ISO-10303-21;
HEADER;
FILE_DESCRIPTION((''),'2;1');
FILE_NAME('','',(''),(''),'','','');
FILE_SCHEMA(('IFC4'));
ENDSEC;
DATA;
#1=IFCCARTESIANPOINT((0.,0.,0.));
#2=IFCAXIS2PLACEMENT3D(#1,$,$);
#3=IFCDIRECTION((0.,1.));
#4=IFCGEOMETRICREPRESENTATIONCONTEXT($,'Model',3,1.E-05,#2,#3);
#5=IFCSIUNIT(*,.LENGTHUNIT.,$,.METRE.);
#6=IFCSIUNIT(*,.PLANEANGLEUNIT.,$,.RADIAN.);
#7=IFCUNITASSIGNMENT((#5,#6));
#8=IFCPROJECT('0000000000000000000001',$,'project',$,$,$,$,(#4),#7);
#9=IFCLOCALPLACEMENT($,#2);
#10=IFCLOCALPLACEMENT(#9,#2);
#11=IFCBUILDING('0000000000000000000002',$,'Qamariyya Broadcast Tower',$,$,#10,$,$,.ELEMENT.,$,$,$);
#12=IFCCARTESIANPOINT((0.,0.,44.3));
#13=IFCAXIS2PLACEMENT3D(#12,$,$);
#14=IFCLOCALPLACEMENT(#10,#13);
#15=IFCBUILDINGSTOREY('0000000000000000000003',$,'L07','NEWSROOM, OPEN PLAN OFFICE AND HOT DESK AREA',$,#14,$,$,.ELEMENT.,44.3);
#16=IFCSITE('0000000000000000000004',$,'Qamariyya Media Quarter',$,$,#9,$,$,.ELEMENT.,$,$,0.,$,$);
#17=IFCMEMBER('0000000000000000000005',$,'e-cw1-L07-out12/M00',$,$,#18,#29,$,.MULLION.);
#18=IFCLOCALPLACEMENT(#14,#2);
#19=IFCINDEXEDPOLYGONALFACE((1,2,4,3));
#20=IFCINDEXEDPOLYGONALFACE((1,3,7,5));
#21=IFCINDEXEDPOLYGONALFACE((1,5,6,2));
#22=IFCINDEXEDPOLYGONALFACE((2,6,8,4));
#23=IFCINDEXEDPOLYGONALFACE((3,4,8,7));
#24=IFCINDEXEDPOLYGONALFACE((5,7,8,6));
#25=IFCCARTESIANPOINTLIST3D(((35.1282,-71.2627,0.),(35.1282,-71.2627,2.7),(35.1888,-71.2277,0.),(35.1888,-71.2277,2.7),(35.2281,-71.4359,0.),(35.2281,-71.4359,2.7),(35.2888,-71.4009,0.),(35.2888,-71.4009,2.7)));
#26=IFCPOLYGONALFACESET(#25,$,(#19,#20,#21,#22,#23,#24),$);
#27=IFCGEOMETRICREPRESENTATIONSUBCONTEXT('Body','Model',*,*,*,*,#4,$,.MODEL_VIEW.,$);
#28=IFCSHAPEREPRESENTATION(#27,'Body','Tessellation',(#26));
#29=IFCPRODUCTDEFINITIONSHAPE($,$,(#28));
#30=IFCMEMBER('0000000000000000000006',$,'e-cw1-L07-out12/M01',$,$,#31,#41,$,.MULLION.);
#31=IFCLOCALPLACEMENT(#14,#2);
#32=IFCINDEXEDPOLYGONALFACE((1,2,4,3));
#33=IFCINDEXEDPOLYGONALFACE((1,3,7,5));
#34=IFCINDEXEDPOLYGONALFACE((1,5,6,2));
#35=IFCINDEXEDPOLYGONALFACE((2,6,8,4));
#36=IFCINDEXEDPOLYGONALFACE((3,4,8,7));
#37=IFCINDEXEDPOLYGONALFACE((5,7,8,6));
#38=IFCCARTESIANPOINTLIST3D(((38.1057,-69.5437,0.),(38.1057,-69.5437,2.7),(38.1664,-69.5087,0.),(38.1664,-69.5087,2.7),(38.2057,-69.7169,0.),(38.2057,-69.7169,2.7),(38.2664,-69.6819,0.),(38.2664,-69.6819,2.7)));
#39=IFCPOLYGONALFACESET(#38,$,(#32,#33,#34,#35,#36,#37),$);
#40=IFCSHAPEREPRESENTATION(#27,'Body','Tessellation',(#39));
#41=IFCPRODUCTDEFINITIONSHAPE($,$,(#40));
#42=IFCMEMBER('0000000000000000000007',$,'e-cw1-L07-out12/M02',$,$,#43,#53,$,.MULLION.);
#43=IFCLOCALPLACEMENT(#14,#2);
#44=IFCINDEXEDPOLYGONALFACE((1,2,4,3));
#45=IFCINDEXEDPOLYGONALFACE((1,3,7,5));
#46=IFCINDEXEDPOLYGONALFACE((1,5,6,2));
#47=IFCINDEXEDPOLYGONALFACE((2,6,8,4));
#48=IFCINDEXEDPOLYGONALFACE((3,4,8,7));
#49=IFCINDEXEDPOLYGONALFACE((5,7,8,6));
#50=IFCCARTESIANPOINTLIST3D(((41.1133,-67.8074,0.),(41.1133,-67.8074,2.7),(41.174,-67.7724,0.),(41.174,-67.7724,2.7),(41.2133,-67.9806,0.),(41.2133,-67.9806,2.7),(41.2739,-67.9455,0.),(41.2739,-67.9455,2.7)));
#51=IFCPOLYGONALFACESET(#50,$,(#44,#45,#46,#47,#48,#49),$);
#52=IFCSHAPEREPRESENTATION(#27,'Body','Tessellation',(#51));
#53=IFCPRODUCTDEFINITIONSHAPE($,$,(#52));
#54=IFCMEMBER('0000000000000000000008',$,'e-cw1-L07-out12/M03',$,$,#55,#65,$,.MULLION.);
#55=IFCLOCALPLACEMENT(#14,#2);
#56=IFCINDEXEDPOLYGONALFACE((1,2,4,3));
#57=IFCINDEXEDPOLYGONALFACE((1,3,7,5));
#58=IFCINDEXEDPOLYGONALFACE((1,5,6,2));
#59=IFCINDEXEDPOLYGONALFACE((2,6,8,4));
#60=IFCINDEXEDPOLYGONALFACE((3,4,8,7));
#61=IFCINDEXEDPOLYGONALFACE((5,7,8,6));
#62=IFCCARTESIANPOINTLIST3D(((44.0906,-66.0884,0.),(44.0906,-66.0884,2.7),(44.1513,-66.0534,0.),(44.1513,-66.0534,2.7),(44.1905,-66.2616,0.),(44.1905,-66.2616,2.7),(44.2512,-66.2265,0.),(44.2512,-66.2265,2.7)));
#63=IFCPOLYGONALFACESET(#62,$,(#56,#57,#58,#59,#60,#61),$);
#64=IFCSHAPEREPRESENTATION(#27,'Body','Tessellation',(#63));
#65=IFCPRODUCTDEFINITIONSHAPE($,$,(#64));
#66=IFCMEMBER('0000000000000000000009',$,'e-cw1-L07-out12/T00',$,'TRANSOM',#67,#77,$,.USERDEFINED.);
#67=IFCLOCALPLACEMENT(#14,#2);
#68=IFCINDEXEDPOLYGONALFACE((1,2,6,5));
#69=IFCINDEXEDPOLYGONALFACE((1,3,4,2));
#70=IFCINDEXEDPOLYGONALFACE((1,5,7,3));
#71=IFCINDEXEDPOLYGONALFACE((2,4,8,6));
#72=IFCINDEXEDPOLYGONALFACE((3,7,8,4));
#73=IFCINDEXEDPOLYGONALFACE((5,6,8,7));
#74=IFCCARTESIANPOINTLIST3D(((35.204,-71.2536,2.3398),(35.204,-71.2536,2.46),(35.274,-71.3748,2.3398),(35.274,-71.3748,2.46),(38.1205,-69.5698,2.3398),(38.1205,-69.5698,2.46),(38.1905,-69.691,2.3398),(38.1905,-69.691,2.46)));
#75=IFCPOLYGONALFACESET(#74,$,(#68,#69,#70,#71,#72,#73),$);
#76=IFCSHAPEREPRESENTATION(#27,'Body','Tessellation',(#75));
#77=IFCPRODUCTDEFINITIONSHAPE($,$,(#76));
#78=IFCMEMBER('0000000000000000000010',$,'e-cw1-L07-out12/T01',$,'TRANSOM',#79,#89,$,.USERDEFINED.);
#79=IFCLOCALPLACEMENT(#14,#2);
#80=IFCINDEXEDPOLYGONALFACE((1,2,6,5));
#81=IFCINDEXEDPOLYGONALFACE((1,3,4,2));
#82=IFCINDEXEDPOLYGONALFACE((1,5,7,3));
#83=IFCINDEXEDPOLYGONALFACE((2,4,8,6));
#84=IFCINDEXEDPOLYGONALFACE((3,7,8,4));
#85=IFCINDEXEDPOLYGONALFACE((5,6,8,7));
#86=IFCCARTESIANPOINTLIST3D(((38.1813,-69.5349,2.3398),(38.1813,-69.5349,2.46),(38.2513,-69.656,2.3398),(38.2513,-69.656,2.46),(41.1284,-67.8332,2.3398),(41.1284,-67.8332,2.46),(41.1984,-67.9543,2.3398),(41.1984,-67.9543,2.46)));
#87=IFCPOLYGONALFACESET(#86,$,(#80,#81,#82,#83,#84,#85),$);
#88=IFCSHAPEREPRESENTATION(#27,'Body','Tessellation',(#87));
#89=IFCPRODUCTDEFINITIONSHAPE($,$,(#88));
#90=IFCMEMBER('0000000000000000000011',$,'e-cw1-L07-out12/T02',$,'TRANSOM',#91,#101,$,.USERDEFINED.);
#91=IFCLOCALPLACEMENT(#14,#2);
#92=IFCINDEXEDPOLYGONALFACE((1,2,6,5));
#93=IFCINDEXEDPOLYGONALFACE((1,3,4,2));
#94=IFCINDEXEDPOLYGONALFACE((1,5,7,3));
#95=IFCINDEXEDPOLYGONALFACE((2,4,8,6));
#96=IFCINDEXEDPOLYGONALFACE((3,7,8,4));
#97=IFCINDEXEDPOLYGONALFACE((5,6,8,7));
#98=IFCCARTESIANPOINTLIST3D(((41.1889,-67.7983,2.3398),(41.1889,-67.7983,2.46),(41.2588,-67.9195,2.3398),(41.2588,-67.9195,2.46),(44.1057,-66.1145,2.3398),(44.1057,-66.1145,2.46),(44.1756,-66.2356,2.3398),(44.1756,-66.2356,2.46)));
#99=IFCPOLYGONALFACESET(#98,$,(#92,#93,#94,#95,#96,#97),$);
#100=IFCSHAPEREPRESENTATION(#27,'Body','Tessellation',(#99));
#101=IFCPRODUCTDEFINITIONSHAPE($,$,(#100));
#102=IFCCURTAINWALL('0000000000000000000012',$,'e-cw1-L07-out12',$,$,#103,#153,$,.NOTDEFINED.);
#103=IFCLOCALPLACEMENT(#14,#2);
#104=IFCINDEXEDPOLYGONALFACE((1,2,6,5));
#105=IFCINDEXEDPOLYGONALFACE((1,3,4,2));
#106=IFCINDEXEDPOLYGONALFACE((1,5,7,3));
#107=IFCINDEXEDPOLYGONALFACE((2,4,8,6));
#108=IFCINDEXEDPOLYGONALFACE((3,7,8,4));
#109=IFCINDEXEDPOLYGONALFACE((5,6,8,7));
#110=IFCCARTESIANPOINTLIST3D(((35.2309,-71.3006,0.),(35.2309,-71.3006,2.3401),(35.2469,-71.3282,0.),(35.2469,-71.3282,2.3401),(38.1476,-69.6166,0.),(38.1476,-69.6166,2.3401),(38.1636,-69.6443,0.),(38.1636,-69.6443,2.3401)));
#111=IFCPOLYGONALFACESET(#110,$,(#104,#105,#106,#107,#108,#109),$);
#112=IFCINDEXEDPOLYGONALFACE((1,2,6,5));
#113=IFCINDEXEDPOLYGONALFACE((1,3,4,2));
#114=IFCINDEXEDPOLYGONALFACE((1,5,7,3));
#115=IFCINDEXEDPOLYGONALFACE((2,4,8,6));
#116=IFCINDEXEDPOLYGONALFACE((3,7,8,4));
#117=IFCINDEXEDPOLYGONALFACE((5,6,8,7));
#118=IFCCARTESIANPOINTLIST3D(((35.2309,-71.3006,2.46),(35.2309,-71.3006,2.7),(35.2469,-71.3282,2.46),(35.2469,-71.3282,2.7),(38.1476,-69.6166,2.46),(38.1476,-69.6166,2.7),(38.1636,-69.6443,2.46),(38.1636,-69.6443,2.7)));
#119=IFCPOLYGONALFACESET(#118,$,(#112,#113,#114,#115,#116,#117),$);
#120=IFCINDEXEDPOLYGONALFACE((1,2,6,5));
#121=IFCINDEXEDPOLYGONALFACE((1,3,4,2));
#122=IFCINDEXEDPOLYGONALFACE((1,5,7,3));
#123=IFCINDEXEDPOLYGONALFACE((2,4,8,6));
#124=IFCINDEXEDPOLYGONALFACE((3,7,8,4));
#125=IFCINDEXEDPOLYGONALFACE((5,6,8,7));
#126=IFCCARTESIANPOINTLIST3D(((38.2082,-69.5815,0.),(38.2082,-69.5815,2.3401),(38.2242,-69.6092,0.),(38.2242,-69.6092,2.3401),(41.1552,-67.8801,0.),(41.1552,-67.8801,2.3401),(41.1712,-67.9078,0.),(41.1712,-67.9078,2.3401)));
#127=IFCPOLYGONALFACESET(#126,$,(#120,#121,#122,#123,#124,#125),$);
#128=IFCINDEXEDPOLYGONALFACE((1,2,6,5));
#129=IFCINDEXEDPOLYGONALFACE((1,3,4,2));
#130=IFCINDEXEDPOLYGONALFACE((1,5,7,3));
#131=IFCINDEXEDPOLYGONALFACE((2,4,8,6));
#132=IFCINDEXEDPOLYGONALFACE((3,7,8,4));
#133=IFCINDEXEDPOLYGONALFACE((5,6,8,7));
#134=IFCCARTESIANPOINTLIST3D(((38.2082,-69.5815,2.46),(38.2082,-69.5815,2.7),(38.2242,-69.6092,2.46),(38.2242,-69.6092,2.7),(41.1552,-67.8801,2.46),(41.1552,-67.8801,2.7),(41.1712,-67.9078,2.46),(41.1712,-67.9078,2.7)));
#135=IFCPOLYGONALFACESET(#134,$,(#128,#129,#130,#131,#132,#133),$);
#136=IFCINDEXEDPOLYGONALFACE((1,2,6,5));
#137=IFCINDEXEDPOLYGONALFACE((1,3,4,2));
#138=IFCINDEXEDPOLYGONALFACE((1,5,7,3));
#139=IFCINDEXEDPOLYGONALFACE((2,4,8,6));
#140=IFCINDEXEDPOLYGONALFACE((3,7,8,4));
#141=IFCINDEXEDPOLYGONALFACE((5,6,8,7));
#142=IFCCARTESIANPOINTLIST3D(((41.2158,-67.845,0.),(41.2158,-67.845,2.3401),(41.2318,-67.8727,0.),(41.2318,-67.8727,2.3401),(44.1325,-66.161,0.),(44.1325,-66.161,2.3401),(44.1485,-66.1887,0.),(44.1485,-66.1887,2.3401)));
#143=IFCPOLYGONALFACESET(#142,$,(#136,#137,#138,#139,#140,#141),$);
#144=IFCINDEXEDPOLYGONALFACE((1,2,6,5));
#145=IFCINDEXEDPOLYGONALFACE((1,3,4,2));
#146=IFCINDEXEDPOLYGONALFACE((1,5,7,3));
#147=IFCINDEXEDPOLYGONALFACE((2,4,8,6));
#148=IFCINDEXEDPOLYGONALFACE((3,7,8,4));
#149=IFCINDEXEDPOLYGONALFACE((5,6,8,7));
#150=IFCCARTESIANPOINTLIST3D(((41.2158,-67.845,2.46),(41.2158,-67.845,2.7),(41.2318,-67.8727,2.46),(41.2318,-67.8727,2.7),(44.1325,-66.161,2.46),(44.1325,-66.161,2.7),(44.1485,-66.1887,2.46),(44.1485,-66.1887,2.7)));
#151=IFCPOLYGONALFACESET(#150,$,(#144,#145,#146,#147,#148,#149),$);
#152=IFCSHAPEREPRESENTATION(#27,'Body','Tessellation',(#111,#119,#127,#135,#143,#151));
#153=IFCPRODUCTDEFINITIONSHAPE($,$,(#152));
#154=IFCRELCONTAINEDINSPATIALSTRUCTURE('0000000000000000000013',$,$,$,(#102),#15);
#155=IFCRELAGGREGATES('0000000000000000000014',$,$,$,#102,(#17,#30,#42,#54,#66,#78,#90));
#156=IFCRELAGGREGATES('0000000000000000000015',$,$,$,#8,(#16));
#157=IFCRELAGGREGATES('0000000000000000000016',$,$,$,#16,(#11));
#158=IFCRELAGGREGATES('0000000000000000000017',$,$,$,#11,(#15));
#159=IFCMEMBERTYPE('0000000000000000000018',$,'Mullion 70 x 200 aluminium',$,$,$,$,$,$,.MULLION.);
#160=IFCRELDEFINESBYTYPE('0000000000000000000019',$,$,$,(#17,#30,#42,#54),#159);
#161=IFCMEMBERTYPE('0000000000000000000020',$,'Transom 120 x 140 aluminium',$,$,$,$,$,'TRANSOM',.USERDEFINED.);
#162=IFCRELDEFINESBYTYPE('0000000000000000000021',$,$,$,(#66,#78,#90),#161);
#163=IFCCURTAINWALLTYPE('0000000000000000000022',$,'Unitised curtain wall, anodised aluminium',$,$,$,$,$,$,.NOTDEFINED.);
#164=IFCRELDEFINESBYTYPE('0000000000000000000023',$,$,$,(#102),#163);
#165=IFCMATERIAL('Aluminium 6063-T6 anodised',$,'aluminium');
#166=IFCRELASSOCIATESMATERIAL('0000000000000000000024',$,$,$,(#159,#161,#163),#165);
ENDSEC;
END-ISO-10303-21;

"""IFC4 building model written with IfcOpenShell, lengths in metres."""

from ifc_helpers import new_model, si_unit, direction, frame, origin, origin_2d, place, context, subcontext, project, spatial, rectangle, extrude, material, material_profile, profile_set, type_object, element, aggregate, save


model = new_model("IFC4")

# Units and contexts
model_context = context("Model", 3, precision=1e-05, world=origin(), true_north=direction((0.0, 1.0)))
body_context = subcontext(model_context, "Body", "Model", "MODEL_VIEW")
ifc_project = project(units=[si_unit("LENGTHUNIT", "METRE"), si_unit("PLANEANGLEUNIT", "RADIAN")], contexts=[model_context])

# Members
ifc_material = material(Name="Aluminium 6063-T6 anodised", Category="aluminium")
ifc_material_profile_1 = material_profile(ifc_material, rectangle(XDim=0.2, YDim=0.0701, at=origin_2d()))
ifc_profile_set_1 = profile_set([ifc_material_profile_1], Name="Aluminium 6063-T6 anodised")
member_type_1 = type_object("IfcMemberType", Name="Mullion 70 x 200 aluminium", PredefinedType="MULLION", material=ifc_profile_set_1)
site_placement = place(None, origin())
building_placement = place(site_placement, origin())
storey_placement = place(building_placement, frame((0.0, 0.0, 44.3)))
member_1_placement = place(storey_placement, frame((35.2085, -71.3318, 0.0), z_axis=(0.0, 0.0, 1.0), x_axis=(-0.5, 0.866025, 0.0)))
member_1 = element("IfcMember", 1, at=member_1_placement, type_object=member_type_1, Name="e-cw1-L07-out12/M00", PredefinedType="MULLION", context=body_context, shape_type="SweptSolid", body=[
    extrude(rectangle(XDim=0.2, YDim=0.0701, at=origin_2d()), origin(), (0.0, 0.0, 1.0), 2.7),
])
member_2_placement = place(storey_placement, frame((38.186, -69.6128, 0.0), z_axis=(0.0, 0.0, 1.0), x_axis=(-0.5, 0.866025, 0.0)))
member_2 = element("IfcMember", 2, at=member_2_placement, type_object=member_type_1, Name="e-cw1-L07-out12/M01", PredefinedType="MULLION", context=body_context, shape_type="SweptSolid", body=[
    extrude(rectangle(XDim=0.2, YDim=0.0701, at=origin_2d()), origin(), (0.0, 0.0, 1.0), 2.7),
])
member_3_placement = place(storey_placement, frame((41.1936, -67.8765, 0.0), z_axis=(0.0, 0.0, 1.0), x_axis=(-0.5, 0.866025, 0.0)))
member_3 = element("IfcMember", 3, at=member_3_placement, type_object=member_type_1, Name="e-cw1-L07-out12/M02", PredefinedType="MULLION", context=body_context, shape_type="SweptSolid", body=[
    extrude(rectangle(XDim=0.2, YDim=0.0701, at=origin_2d()), origin(), (0.0, 0.0, 1.0), 2.7),
])
member_4_placement = place(storey_placement, frame((44.1709, -66.1575, 0.0), z_axis=(0.0, 0.0, 1.0), x_axis=(-0.5, 0.866025, 0.0)))
member_4 = element("IfcMember", 4, at=member_4_placement, type_object=member_type_1, Name="e-cw1-L07-out12/M03", PredefinedType="MULLION", context=body_context, shape_type="SweptSolid", body=[
    extrude(rectangle(XDim=0.2, YDim=0.0701, at=origin_2d()), origin(), (0.0, 0.0, 1.0), 2.7),
])
ifc_material_profile_2 = material_profile(ifc_material, rectangle(XDim=0.1399, YDim=0.1201, at=origin_2d()))
ifc_profile_set_2 = profile_set([ifc_material_profile_2], Name="Aluminium 6063-T6 anodised")
member_type_2 = type_object("IfcMemberType", Name="Transom 120 x 140 aluminium", ElementType="TRANSOM", PredefinedType="USERDEFINED", material=ifc_profile_set_2)
member_5_placement = place(storey_placement, frame((35.239, -71.3142, 2.3999), z_axis=(0.866026, 0.499999, 0.0), x_axis=(-0.499999, 0.866026, 0.0)))
member_5 = element("IfcMember", 5, at=member_5_placement, type_object=member_type_2, Name="e-cw1-L07-out12/T00", ObjectType="TRANSOM", PredefinedType="USERDEFINED", context=body_context, shape_type="SweptSolid", body=[
    extrude(rectangle(XDim=0.1399, YDim=0.1201, at=origin_2d()), origin(), (0.0, 0.0, 1.0), 3.3677),
])
member_6_placement = place(storey_placement, frame((38.2163, -69.5955, 2.3999), z_axis=(0.866, 0.500043, 0.0), x_axis=(-0.500043, 0.866, 0.0)))
member_6 = element("IfcMember", 6, at=member_6_placement, type_object=member_type_2, Name="e-cw1-L07-out12/T01", ObjectType="TRANSOM", PredefinedType="USERDEFINED", context=body_context, shape_type="SweptSolid", body=[
    extrude(rectangle(XDim=0.1399, YDim=0.1201, at=origin_2d()), origin(), (0.0, 0.0, 1.0), 3.4031),
])
member_7_placement = place(storey_placement, frame((41.2239, -67.8589, 2.3999), z_axis=(0.866044, 0.499967, 0.0), x_axis=(-0.499967, 0.866044, 0.0)))
member_7 = element("IfcMember", 7, at=member_7_placement, type_object=member_type_2, Name="e-cw1-L07-out12/T02", ObjectType="TRANSOM", PredefinedType="USERDEFINED", context=body_context, shape_type="SweptSolid", body=[
    extrude(rectangle(XDim=0.1399, YDim=0.1201, at=origin_2d()), origin(), (0.0, 0.0, 1.0), 3.3679),
])

# Site, building, storey
site = spatial("IfcSite", under=ifc_project, at=site_placement, Name="Qamariyya Media Quarter", CompositionType="ELEMENT", RefElevation=0.0)
building = spatial("IfcBuilding", under=site, at=building_placement, Name="Qamariyya Broadcast Tower", CompositionType="ELEMENT")
storey = spatial("IfcBuildingStorey", under=building, at=storey_placement, Name="L07", Description="NEWSROOM, OPEN PLAN OFFICE AND HOT DESK AREA", CompositionType="ELEMENT", Elevation=44.3)

# Curtain wall
curtain_wall_type = type_object("IfcCurtainWallType", Name="Unitised curtain wall, anodised aluminium", PredefinedType="NOTDEFINED", material=ifc_material)
curtain_wall_1_placement = place(storey_placement, origin())
curtain_wall_1 = element("IfcCurtainWall", 8, at=curtain_wall_1_placement, inside=storey, type_object=curtain_wall_type, Name="e-cw1-L07-out12", PredefinedType="NOTDEFINED", context=body_context, shape_type="SweptSolid", body=[
    extrude(rectangle(XDim=3.3679, YDim=0.032, at=origin_2d()), frame((36.6973, -70.4724, 0.0), x_axis=(0.866022, 0.500005, 0.0)), (0.0, 0.0, 1.0), 2.3401),
    extrude(rectangle(XDim=3.3679, YDim=0.032, at=origin_2d()), frame((36.6973, -70.4724, 2.46), x_axis=(0.866022, 0.500005, 0.0)), (0.0, 0.0, 1.0), 0.24),
    extrude(rectangle(XDim=3.4028, YDim=0.032, at=origin_2d()), frame((39.6897, -68.7446, 0.0), x_axis=(0.866022, 0.500005, 0.0)), (0.0, 0.0, 1.0), 2.3401),
    extrude(rectangle(XDim=3.4028, YDim=0.032, at=origin_2d()), frame((39.6897, -68.7446, 2.46), x_axis=(0.866022, 0.500005, 0.0)), (0.0, 0.0, 1.0), 0.24),
    extrude(rectangle(XDim=3.3679, YDim=0.032, at=origin_2d()), frame((42.6821, -67.0168, 0.0), x_axis=(0.866022, 0.500005, 0.0)), (0.0, 0.0, 1.0), 2.3401),
    extrude(rectangle(XDim=3.3679, YDim=0.032, at=origin_2d()), frame((42.6821, -67.0168, 2.46), x_axis=(0.866022, 0.500005, 0.0)), (0.0, 0.0, 1.0), 0.24),
])
aggregate(curtain_wall_1, [member_1, member_2, member_3, member_4, member_5, member_6, member_7])

save(model, "model.ifc")
